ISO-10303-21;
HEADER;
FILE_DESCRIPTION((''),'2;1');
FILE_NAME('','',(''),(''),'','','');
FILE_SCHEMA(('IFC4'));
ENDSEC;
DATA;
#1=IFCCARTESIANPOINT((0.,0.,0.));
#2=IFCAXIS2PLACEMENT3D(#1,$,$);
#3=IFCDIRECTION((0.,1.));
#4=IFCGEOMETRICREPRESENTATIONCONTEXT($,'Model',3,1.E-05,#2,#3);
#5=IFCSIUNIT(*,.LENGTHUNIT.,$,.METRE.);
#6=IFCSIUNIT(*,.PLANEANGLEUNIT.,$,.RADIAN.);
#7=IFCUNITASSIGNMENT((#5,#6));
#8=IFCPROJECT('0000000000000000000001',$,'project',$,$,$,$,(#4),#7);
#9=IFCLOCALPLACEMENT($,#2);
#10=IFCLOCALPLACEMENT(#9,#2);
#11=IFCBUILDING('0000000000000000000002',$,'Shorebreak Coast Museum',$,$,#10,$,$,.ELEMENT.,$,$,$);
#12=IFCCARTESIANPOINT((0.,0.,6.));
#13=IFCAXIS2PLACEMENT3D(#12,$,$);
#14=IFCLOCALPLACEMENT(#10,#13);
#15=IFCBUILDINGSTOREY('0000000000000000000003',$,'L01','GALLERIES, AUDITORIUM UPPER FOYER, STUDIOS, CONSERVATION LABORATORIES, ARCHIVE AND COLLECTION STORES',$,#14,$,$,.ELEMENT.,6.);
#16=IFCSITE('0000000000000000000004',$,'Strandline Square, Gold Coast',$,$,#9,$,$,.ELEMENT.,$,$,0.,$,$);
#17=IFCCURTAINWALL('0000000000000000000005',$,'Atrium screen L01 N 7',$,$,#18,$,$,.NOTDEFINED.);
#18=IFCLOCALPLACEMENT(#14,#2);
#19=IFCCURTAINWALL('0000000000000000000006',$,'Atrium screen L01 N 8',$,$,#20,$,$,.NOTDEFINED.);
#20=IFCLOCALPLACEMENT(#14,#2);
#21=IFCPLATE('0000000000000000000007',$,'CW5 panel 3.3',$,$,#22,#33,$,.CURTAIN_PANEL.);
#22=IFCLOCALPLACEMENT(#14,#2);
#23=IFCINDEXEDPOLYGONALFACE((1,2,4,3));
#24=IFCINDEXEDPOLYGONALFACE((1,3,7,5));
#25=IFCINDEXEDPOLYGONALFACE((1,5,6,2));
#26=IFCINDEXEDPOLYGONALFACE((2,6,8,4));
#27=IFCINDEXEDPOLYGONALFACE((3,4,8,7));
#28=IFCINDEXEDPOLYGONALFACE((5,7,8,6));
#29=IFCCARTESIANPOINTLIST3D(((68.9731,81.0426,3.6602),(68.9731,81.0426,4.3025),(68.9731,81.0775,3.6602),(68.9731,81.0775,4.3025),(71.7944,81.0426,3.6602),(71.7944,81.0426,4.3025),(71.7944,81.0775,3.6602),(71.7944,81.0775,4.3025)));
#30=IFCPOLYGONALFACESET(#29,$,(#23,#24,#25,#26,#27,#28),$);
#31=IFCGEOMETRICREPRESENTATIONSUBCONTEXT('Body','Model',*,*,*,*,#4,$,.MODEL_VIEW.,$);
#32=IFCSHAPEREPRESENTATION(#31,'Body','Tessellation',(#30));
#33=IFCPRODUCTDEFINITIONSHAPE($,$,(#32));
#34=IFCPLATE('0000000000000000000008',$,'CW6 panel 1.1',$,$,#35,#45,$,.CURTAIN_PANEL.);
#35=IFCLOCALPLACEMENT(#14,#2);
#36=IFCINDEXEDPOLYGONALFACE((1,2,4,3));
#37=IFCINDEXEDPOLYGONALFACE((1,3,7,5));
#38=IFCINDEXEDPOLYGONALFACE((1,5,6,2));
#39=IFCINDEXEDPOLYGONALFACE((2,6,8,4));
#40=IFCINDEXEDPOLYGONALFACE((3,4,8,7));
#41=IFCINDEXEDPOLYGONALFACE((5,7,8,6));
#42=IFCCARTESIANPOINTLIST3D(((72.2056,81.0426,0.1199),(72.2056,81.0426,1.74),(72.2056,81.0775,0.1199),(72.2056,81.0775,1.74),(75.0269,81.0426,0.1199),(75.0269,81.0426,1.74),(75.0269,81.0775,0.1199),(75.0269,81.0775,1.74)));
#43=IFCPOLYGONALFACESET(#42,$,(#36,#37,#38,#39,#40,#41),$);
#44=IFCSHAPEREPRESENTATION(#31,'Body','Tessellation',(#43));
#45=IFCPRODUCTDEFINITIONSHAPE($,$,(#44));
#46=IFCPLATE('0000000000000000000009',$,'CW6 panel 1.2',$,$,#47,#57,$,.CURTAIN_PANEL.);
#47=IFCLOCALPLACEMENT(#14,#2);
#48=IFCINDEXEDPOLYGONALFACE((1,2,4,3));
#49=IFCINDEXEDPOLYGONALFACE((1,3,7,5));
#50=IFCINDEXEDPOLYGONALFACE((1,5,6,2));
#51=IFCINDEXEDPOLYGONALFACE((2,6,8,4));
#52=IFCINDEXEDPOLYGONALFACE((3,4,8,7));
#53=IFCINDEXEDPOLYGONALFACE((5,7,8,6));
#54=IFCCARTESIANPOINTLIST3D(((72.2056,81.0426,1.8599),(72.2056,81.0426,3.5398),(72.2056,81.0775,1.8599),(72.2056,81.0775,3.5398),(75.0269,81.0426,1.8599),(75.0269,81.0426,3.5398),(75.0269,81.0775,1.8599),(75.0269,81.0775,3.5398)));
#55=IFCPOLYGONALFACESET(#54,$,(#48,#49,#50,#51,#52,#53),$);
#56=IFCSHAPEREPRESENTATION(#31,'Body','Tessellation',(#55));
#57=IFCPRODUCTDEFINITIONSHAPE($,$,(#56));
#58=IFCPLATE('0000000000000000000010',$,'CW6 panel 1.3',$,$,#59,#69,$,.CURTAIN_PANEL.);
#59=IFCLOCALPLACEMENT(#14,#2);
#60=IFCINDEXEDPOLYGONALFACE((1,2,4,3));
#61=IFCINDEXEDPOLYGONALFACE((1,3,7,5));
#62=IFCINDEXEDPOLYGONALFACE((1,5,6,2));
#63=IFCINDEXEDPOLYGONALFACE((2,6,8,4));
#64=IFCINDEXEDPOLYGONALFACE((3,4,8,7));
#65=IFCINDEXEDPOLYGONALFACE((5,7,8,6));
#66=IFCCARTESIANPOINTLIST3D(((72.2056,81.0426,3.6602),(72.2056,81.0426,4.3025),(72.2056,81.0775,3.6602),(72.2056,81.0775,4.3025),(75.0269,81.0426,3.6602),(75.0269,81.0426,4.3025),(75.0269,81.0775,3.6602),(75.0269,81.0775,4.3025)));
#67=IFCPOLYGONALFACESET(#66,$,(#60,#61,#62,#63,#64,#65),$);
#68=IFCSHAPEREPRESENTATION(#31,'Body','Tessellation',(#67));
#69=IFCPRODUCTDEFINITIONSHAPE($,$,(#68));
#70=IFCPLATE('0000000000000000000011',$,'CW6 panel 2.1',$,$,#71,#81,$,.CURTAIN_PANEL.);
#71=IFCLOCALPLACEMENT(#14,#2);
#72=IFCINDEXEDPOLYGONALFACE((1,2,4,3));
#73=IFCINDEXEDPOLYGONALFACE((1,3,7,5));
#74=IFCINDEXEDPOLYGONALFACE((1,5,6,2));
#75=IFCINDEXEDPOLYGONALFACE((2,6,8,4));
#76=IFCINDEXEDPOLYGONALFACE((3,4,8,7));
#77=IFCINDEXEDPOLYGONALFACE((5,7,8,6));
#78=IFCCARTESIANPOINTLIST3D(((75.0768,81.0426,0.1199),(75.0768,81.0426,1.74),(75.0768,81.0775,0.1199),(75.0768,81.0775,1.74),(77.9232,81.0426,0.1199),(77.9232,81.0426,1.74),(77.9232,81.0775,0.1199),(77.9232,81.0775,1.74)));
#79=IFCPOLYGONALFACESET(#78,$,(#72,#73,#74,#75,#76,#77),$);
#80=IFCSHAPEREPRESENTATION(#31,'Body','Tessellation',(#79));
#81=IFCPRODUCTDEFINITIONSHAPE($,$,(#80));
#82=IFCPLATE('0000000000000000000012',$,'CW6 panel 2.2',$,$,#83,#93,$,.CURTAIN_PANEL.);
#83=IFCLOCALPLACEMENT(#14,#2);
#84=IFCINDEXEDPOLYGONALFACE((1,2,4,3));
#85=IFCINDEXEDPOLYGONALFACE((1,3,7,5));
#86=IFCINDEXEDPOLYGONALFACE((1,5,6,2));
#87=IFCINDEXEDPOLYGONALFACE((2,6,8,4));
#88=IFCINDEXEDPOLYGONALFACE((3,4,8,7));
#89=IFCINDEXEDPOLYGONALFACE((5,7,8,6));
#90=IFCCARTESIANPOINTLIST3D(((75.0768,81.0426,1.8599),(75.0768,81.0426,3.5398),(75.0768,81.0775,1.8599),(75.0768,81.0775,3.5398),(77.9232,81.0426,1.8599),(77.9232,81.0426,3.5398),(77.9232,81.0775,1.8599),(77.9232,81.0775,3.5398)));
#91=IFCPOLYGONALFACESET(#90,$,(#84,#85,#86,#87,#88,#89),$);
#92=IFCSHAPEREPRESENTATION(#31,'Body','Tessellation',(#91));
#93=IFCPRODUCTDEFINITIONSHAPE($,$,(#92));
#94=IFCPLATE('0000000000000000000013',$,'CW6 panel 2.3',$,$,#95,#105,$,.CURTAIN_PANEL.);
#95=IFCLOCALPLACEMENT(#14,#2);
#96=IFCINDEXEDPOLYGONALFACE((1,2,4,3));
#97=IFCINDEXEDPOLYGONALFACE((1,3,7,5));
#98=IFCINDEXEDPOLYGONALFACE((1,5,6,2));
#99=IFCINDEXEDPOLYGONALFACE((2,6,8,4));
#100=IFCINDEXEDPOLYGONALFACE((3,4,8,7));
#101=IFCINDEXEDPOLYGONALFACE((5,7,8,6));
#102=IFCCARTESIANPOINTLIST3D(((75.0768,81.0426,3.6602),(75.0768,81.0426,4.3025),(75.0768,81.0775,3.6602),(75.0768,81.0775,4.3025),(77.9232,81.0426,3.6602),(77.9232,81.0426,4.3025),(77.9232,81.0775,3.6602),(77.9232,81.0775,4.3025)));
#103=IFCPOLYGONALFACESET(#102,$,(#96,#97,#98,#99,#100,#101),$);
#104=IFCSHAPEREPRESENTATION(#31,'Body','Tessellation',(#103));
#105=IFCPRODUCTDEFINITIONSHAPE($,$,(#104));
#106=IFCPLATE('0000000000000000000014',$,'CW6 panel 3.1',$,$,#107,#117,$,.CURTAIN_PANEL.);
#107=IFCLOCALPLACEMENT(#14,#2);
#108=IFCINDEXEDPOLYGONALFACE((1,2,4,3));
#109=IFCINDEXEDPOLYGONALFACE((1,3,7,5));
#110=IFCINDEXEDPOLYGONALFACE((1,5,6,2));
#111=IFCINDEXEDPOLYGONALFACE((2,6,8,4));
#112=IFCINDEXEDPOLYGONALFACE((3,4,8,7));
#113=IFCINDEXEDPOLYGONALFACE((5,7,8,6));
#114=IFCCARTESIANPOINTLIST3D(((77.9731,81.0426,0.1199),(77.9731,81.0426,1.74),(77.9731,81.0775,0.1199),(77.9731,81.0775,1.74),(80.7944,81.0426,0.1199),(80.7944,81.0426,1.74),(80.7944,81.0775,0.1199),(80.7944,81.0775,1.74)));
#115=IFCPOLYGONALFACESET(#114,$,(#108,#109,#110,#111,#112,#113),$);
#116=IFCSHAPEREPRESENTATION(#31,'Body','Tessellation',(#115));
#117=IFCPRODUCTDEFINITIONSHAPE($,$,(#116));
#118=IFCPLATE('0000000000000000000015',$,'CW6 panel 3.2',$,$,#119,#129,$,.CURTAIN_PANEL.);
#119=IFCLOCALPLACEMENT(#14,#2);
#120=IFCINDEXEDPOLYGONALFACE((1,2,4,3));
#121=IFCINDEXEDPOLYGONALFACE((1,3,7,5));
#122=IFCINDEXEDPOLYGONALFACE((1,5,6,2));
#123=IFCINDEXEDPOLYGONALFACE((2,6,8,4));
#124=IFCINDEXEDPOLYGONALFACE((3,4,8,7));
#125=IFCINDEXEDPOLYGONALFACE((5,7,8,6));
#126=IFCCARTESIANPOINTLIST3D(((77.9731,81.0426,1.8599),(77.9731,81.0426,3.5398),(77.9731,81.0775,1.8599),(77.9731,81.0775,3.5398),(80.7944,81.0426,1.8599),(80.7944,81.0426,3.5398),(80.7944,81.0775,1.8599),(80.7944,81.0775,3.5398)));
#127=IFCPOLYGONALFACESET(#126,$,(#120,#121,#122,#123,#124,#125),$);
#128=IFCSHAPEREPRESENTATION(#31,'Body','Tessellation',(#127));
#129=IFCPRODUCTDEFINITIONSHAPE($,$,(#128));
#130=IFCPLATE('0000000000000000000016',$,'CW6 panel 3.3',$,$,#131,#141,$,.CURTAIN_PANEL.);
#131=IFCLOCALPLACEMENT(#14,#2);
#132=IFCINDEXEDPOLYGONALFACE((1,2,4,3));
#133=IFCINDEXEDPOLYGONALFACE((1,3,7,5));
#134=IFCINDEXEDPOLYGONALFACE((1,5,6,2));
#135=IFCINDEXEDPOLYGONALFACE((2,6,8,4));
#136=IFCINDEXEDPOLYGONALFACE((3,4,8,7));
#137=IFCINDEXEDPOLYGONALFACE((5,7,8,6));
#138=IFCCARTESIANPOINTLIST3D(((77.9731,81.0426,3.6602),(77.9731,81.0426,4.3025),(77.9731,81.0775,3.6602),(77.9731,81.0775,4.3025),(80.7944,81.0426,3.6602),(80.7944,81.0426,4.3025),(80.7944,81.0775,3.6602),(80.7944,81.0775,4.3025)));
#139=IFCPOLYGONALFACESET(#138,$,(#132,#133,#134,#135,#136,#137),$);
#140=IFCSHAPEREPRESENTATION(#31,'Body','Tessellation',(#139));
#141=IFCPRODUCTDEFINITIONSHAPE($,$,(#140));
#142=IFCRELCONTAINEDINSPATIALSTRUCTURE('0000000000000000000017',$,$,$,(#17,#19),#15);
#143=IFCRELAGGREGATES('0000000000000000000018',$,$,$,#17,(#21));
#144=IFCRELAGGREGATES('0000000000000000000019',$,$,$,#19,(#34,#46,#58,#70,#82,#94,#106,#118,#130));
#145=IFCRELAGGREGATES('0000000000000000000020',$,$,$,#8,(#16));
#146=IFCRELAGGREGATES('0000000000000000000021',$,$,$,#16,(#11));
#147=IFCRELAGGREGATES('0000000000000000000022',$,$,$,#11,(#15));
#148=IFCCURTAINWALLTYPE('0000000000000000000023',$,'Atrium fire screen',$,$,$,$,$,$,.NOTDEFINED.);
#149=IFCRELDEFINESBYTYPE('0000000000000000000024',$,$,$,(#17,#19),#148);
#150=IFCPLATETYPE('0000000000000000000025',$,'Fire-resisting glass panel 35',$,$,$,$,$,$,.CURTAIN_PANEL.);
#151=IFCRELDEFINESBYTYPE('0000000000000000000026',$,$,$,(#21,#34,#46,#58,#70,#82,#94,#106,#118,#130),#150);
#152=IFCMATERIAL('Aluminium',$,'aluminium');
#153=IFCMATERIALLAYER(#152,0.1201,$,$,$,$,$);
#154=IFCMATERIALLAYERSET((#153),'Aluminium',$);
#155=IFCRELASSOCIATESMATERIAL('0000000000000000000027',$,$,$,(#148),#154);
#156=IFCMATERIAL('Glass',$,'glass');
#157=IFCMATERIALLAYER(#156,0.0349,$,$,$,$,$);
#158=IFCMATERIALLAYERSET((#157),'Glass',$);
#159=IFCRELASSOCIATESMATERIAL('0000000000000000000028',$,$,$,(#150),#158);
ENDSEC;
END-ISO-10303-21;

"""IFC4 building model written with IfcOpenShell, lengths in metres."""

from ifc_helpers import new_model, si_unit, direction, frame, origin, origin_2d, place, context, subcontext, project, spatial, rectangle, extrude, material, layer, layer_set, type_object, element, aggregate, save


model = new_model("IFC4")

# Units and contexts
model_context = context("Model", 3, precision=1e-05, world=origin(), true_north=direction((0.0, 1.0)))
body_context = subcontext(model_context, "Body", "Model", "MODEL_VIEW")
ifc_project = project(units=[si_unit("LENGTHUNIT", "METRE"), si_unit("PLANEANGLEUNIT", "RADIAN")], contexts=[model_context])

# Site, building, storey
site_placement = place(None, origin())
site = spatial("IfcSite", under=ifc_project, at=site_placement, Name="Strandline Square, Gold Coast", CompositionType="ELEMENT", RefElevation=0.0)
building_placement = place(site_placement, origin())
building = spatial("IfcBuilding", under=site, at=building_placement, Name="Shorebreak Coast Museum", CompositionType="ELEMENT")
storey_placement = place(building_placement, frame((0.0, 0.0, 6.0)))
storey = spatial("IfcBuildingStorey", under=building, at=storey_placement, Name="L01", Description="GALLERIES, AUDITORIUM UPPER FOYER, STUDIOS, CONSERVATION LABORATORIES, ARCHIVE AND COLLECTION STORES", CompositionType="ELEMENT", Elevation=6.0)

# Curtain wall
ifc_material_1 = material(Name="Aluminium", Category="aluminium")
ifc_layer_1 = layer(ifc_material_1, 0.1201)
ifc_layer_set_1 = layer_set([ifc_layer_1], Name="Aluminium")
curtain_wall_type = type_object("IfcCurtainWallType", Name="Atrium fire screen", PredefinedType="NOTDEFINED", material=ifc_layer_set_1)
curtain_wall_1_placement = place(storey_placement, origin())
curtain_wall_1 = element("IfcCurtainWall", 1, at=curtain_wall_1_placement, inside=storey, type_object=curtain_wall_type, Name="Atrium screen L01 N 7", PredefinedType="NOTDEFINED")

# Curtain wall
curtain_wall_2_placement = place(storey_placement, origin())
curtain_wall_2 = element("IfcCurtainWall", 2, at=curtain_wall_2_placement, inside=storey, type_object=curtain_wall_type, Name="Atrium screen L01 N 8", PredefinedType="NOTDEFINED")

# Plates
ifc_material_2 = material(Name="Glass", Category="glass")
ifc_layer_2 = layer(ifc_material_2, 0.0349)
ifc_layer_set_2 = layer_set([ifc_layer_2], Name="Glass")
plate_type = type_object("IfcPlateType", Name="Fire-resisting glass panel 35", PredefinedType="CURTAIN_PANEL", material=ifc_layer_set_2)
plate_1_placement = place(storey_placement, frame((70.3838, 81.0601, 3.6602), z_axis=(0.0, 0.0, 1.0), x_axis=(1.0, 0.0, 0.0)))
plate_1 = element("IfcPlate", 3, at=plate_1_placement, type_object=plate_type, Name="CW5 panel 3.3", PredefinedType="CURTAIN_PANEL", context=body_context, shape_type="SweptSolid", body=[
    extrude(rectangle(XDim=2.8213, YDim=0.0349, at=origin_2d()), origin(), (0.0, 0.0, 1.0), 0.6423),
])
aggregate(curtain_wall_1, [plate_1])
plate_2_placement = place(storey_placement, frame((73.6162, 81.0601, 0.1199), z_axis=(0.0, 0.0, 1.0), x_axis=(1.0, 0.0, 0.0)))
plate_2 = element("IfcPlate", 4, at=plate_2_placement, type_object=plate_type, Name="CW6 panel 1.1", PredefinedType="CURTAIN_PANEL", context=body_context, shape_type="SweptSolid", body=[
    extrude(rectangle(XDim=2.8213, YDim=0.0349, at=origin_2d()), origin(), (0.0, 0.0, 1.0), 1.6201),
])
plate_3_placement = place(storey_placement, frame((73.6162, 81.0601, 1.8599), z_axis=(0.0, 0.0, 1.0), x_axis=(1.0, 0.0, 0.0)))
plate_3 = element("IfcPlate", 5, at=plate_3_placement, type_object=plate_type, Name="CW6 panel 1.2", PredefinedType="CURTAIN_PANEL", context=body_context, shape_type="SweptSolid", body=[
    extrude(rectangle(XDim=2.8213, YDim=0.0349, at=origin_2d()), origin(), (0.0, 0.0, 1.0), 1.6799),
])
plate_4_placement = place(storey_placement, frame((73.6162, 81.0601, 3.6602), z_axis=(0.0, 0.0, 1.0), x_axis=(1.0, 0.0, 0.0)))
plate_4 = element("IfcPlate", 6, at=plate_4_placement, type_object=plate_type, Name="CW6 panel 1.3", PredefinedType="CURTAIN_PANEL", context=body_context, shape_type="SweptSolid", body=[
    extrude(rectangle(XDim=2.8213, YDim=0.0349, at=origin_2d()), origin(), (0.0, 0.0, 1.0), 0.6423),
])
plate_5_placement = place(storey_placement, frame((76.5, 81.0601, 0.1199), z_axis=(0.0, 0.0, 1.0), x_axis=(1.0, 0.0, 0.0)))
plate_5 = element("IfcPlate", 7, at=plate_5_placement, type_object=plate_type, Name="CW6 panel 2.1", PredefinedType="CURTAIN_PANEL", context=body_context, shape_type="SweptSolid", body=[
    extrude(rectangle(XDim=2.8464, YDim=0.0349, at=origin_2d()), origin(), (0.0, 0.0, 1.0), 1.6201),
])
plate_6_placement = place(storey_placement, frame((76.5, 81.0601, 1.8599), z_axis=(0.0, 0.0, 1.0), x_axis=(1.0, 0.0, 0.0)))
plate_6 = element("IfcPlate", 8, at=plate_6_placement, type_object=plate_type, Name="CW6 panel 2.2", PredefinedType="CURTAIN_PANEL", context=body_context, shape_type="SweptSolid", body=[
    extrude(rectangle(XDim=2.8464, YDim=0.0349, at=origin_2d()), origin(), (0.0, 0.0, 1.0), 1.6799),
])
plate_7_placement = place(storey_placement, frame((76.5, 81.0601, 3.6602), z_axis=(0.0, 0.0, 1.0), x_axis=(1.0, 0.0, 0.0)))
plate_7 = element("IfcPlate", 9, at=plate_7_placement, type_object=plate_type, Name="CW6 panel 2.3", PredefinedType="CURTAIN_PANEL", context=body_context, shape_type="SweptSolid", body=[
    extrude(rectangle(XDim=2.8464, YDim=0.0349, at=origin_2d()), origin(), (0.0, 0.0, 1.0), 0.6423),
])
plate_8_placement = place(storey_placement, frame((79.3838, 81.0601, 0.1199), z_axis=(0.0, 0.0, 1.0), x_axis=(1.0, 0.0, 0.0)))
plate_8 = element("IfcPlate", 10, at=plate_8_placement, type_object=plate_type, Name="CW6 panel 3.1", PredefinedType="CURTAIN_PANEL", context=body_context, shape_type="SweptSolid", body=[
    extrude(rectangle(XDim=2.8213, YDim=0.0349, at=origin_2d()), origin(), (0.0, 0.0, 1.0), 1.6201),
])
plate_9_placement = place(storey_placement, frame((79.3838, 81.0601, 1.8599), z_axis=(0.0, 0.0, 1.0), x_axis=(1.0, 0.0, 0.0)))
plate_9 = element("IfcPlate", 11, at=plate_9_placement, type_object=plate_type, Name="CW6 panel 3.2", PredefinedType="CURTAIN_PANEL", context=body_context, shape_type="SweptSolid", body=[
    extrude(rectangle(XDim=2.8213, YDim=0.0349, at=origin_2d()), origin(), (0.0, 0.0, 1.0), 1.6799),
])
plate_10_placement = place(storey_placement, frame((79.3838, 81.0601, 3.6602), z_axis=(0.0, 0.0, 1.0), x_axis=(1.0, 0.0, 0.0)))
plate_10 = element("IfcPlate", 12, at=plate_10_placement, type_object=plate_type, Name="CW6 panel 3.3", PredefinedType="CURTAIN_PANEL", context=body_context, shape_type="SweptSolid", body=[
    extrude(rectangle(XDim=2.8213, YDim=0.0349, at=origin_2d()), origin(), (0.0, 0.0, 1.0), 0.6423),
])
aggregate(curtain_wall_2, [plate_2, plate_3, plate_4, plate_5, plate_6, plate_7, plate_8, plate_9, plate_10])

save(model, "model.ifc")
